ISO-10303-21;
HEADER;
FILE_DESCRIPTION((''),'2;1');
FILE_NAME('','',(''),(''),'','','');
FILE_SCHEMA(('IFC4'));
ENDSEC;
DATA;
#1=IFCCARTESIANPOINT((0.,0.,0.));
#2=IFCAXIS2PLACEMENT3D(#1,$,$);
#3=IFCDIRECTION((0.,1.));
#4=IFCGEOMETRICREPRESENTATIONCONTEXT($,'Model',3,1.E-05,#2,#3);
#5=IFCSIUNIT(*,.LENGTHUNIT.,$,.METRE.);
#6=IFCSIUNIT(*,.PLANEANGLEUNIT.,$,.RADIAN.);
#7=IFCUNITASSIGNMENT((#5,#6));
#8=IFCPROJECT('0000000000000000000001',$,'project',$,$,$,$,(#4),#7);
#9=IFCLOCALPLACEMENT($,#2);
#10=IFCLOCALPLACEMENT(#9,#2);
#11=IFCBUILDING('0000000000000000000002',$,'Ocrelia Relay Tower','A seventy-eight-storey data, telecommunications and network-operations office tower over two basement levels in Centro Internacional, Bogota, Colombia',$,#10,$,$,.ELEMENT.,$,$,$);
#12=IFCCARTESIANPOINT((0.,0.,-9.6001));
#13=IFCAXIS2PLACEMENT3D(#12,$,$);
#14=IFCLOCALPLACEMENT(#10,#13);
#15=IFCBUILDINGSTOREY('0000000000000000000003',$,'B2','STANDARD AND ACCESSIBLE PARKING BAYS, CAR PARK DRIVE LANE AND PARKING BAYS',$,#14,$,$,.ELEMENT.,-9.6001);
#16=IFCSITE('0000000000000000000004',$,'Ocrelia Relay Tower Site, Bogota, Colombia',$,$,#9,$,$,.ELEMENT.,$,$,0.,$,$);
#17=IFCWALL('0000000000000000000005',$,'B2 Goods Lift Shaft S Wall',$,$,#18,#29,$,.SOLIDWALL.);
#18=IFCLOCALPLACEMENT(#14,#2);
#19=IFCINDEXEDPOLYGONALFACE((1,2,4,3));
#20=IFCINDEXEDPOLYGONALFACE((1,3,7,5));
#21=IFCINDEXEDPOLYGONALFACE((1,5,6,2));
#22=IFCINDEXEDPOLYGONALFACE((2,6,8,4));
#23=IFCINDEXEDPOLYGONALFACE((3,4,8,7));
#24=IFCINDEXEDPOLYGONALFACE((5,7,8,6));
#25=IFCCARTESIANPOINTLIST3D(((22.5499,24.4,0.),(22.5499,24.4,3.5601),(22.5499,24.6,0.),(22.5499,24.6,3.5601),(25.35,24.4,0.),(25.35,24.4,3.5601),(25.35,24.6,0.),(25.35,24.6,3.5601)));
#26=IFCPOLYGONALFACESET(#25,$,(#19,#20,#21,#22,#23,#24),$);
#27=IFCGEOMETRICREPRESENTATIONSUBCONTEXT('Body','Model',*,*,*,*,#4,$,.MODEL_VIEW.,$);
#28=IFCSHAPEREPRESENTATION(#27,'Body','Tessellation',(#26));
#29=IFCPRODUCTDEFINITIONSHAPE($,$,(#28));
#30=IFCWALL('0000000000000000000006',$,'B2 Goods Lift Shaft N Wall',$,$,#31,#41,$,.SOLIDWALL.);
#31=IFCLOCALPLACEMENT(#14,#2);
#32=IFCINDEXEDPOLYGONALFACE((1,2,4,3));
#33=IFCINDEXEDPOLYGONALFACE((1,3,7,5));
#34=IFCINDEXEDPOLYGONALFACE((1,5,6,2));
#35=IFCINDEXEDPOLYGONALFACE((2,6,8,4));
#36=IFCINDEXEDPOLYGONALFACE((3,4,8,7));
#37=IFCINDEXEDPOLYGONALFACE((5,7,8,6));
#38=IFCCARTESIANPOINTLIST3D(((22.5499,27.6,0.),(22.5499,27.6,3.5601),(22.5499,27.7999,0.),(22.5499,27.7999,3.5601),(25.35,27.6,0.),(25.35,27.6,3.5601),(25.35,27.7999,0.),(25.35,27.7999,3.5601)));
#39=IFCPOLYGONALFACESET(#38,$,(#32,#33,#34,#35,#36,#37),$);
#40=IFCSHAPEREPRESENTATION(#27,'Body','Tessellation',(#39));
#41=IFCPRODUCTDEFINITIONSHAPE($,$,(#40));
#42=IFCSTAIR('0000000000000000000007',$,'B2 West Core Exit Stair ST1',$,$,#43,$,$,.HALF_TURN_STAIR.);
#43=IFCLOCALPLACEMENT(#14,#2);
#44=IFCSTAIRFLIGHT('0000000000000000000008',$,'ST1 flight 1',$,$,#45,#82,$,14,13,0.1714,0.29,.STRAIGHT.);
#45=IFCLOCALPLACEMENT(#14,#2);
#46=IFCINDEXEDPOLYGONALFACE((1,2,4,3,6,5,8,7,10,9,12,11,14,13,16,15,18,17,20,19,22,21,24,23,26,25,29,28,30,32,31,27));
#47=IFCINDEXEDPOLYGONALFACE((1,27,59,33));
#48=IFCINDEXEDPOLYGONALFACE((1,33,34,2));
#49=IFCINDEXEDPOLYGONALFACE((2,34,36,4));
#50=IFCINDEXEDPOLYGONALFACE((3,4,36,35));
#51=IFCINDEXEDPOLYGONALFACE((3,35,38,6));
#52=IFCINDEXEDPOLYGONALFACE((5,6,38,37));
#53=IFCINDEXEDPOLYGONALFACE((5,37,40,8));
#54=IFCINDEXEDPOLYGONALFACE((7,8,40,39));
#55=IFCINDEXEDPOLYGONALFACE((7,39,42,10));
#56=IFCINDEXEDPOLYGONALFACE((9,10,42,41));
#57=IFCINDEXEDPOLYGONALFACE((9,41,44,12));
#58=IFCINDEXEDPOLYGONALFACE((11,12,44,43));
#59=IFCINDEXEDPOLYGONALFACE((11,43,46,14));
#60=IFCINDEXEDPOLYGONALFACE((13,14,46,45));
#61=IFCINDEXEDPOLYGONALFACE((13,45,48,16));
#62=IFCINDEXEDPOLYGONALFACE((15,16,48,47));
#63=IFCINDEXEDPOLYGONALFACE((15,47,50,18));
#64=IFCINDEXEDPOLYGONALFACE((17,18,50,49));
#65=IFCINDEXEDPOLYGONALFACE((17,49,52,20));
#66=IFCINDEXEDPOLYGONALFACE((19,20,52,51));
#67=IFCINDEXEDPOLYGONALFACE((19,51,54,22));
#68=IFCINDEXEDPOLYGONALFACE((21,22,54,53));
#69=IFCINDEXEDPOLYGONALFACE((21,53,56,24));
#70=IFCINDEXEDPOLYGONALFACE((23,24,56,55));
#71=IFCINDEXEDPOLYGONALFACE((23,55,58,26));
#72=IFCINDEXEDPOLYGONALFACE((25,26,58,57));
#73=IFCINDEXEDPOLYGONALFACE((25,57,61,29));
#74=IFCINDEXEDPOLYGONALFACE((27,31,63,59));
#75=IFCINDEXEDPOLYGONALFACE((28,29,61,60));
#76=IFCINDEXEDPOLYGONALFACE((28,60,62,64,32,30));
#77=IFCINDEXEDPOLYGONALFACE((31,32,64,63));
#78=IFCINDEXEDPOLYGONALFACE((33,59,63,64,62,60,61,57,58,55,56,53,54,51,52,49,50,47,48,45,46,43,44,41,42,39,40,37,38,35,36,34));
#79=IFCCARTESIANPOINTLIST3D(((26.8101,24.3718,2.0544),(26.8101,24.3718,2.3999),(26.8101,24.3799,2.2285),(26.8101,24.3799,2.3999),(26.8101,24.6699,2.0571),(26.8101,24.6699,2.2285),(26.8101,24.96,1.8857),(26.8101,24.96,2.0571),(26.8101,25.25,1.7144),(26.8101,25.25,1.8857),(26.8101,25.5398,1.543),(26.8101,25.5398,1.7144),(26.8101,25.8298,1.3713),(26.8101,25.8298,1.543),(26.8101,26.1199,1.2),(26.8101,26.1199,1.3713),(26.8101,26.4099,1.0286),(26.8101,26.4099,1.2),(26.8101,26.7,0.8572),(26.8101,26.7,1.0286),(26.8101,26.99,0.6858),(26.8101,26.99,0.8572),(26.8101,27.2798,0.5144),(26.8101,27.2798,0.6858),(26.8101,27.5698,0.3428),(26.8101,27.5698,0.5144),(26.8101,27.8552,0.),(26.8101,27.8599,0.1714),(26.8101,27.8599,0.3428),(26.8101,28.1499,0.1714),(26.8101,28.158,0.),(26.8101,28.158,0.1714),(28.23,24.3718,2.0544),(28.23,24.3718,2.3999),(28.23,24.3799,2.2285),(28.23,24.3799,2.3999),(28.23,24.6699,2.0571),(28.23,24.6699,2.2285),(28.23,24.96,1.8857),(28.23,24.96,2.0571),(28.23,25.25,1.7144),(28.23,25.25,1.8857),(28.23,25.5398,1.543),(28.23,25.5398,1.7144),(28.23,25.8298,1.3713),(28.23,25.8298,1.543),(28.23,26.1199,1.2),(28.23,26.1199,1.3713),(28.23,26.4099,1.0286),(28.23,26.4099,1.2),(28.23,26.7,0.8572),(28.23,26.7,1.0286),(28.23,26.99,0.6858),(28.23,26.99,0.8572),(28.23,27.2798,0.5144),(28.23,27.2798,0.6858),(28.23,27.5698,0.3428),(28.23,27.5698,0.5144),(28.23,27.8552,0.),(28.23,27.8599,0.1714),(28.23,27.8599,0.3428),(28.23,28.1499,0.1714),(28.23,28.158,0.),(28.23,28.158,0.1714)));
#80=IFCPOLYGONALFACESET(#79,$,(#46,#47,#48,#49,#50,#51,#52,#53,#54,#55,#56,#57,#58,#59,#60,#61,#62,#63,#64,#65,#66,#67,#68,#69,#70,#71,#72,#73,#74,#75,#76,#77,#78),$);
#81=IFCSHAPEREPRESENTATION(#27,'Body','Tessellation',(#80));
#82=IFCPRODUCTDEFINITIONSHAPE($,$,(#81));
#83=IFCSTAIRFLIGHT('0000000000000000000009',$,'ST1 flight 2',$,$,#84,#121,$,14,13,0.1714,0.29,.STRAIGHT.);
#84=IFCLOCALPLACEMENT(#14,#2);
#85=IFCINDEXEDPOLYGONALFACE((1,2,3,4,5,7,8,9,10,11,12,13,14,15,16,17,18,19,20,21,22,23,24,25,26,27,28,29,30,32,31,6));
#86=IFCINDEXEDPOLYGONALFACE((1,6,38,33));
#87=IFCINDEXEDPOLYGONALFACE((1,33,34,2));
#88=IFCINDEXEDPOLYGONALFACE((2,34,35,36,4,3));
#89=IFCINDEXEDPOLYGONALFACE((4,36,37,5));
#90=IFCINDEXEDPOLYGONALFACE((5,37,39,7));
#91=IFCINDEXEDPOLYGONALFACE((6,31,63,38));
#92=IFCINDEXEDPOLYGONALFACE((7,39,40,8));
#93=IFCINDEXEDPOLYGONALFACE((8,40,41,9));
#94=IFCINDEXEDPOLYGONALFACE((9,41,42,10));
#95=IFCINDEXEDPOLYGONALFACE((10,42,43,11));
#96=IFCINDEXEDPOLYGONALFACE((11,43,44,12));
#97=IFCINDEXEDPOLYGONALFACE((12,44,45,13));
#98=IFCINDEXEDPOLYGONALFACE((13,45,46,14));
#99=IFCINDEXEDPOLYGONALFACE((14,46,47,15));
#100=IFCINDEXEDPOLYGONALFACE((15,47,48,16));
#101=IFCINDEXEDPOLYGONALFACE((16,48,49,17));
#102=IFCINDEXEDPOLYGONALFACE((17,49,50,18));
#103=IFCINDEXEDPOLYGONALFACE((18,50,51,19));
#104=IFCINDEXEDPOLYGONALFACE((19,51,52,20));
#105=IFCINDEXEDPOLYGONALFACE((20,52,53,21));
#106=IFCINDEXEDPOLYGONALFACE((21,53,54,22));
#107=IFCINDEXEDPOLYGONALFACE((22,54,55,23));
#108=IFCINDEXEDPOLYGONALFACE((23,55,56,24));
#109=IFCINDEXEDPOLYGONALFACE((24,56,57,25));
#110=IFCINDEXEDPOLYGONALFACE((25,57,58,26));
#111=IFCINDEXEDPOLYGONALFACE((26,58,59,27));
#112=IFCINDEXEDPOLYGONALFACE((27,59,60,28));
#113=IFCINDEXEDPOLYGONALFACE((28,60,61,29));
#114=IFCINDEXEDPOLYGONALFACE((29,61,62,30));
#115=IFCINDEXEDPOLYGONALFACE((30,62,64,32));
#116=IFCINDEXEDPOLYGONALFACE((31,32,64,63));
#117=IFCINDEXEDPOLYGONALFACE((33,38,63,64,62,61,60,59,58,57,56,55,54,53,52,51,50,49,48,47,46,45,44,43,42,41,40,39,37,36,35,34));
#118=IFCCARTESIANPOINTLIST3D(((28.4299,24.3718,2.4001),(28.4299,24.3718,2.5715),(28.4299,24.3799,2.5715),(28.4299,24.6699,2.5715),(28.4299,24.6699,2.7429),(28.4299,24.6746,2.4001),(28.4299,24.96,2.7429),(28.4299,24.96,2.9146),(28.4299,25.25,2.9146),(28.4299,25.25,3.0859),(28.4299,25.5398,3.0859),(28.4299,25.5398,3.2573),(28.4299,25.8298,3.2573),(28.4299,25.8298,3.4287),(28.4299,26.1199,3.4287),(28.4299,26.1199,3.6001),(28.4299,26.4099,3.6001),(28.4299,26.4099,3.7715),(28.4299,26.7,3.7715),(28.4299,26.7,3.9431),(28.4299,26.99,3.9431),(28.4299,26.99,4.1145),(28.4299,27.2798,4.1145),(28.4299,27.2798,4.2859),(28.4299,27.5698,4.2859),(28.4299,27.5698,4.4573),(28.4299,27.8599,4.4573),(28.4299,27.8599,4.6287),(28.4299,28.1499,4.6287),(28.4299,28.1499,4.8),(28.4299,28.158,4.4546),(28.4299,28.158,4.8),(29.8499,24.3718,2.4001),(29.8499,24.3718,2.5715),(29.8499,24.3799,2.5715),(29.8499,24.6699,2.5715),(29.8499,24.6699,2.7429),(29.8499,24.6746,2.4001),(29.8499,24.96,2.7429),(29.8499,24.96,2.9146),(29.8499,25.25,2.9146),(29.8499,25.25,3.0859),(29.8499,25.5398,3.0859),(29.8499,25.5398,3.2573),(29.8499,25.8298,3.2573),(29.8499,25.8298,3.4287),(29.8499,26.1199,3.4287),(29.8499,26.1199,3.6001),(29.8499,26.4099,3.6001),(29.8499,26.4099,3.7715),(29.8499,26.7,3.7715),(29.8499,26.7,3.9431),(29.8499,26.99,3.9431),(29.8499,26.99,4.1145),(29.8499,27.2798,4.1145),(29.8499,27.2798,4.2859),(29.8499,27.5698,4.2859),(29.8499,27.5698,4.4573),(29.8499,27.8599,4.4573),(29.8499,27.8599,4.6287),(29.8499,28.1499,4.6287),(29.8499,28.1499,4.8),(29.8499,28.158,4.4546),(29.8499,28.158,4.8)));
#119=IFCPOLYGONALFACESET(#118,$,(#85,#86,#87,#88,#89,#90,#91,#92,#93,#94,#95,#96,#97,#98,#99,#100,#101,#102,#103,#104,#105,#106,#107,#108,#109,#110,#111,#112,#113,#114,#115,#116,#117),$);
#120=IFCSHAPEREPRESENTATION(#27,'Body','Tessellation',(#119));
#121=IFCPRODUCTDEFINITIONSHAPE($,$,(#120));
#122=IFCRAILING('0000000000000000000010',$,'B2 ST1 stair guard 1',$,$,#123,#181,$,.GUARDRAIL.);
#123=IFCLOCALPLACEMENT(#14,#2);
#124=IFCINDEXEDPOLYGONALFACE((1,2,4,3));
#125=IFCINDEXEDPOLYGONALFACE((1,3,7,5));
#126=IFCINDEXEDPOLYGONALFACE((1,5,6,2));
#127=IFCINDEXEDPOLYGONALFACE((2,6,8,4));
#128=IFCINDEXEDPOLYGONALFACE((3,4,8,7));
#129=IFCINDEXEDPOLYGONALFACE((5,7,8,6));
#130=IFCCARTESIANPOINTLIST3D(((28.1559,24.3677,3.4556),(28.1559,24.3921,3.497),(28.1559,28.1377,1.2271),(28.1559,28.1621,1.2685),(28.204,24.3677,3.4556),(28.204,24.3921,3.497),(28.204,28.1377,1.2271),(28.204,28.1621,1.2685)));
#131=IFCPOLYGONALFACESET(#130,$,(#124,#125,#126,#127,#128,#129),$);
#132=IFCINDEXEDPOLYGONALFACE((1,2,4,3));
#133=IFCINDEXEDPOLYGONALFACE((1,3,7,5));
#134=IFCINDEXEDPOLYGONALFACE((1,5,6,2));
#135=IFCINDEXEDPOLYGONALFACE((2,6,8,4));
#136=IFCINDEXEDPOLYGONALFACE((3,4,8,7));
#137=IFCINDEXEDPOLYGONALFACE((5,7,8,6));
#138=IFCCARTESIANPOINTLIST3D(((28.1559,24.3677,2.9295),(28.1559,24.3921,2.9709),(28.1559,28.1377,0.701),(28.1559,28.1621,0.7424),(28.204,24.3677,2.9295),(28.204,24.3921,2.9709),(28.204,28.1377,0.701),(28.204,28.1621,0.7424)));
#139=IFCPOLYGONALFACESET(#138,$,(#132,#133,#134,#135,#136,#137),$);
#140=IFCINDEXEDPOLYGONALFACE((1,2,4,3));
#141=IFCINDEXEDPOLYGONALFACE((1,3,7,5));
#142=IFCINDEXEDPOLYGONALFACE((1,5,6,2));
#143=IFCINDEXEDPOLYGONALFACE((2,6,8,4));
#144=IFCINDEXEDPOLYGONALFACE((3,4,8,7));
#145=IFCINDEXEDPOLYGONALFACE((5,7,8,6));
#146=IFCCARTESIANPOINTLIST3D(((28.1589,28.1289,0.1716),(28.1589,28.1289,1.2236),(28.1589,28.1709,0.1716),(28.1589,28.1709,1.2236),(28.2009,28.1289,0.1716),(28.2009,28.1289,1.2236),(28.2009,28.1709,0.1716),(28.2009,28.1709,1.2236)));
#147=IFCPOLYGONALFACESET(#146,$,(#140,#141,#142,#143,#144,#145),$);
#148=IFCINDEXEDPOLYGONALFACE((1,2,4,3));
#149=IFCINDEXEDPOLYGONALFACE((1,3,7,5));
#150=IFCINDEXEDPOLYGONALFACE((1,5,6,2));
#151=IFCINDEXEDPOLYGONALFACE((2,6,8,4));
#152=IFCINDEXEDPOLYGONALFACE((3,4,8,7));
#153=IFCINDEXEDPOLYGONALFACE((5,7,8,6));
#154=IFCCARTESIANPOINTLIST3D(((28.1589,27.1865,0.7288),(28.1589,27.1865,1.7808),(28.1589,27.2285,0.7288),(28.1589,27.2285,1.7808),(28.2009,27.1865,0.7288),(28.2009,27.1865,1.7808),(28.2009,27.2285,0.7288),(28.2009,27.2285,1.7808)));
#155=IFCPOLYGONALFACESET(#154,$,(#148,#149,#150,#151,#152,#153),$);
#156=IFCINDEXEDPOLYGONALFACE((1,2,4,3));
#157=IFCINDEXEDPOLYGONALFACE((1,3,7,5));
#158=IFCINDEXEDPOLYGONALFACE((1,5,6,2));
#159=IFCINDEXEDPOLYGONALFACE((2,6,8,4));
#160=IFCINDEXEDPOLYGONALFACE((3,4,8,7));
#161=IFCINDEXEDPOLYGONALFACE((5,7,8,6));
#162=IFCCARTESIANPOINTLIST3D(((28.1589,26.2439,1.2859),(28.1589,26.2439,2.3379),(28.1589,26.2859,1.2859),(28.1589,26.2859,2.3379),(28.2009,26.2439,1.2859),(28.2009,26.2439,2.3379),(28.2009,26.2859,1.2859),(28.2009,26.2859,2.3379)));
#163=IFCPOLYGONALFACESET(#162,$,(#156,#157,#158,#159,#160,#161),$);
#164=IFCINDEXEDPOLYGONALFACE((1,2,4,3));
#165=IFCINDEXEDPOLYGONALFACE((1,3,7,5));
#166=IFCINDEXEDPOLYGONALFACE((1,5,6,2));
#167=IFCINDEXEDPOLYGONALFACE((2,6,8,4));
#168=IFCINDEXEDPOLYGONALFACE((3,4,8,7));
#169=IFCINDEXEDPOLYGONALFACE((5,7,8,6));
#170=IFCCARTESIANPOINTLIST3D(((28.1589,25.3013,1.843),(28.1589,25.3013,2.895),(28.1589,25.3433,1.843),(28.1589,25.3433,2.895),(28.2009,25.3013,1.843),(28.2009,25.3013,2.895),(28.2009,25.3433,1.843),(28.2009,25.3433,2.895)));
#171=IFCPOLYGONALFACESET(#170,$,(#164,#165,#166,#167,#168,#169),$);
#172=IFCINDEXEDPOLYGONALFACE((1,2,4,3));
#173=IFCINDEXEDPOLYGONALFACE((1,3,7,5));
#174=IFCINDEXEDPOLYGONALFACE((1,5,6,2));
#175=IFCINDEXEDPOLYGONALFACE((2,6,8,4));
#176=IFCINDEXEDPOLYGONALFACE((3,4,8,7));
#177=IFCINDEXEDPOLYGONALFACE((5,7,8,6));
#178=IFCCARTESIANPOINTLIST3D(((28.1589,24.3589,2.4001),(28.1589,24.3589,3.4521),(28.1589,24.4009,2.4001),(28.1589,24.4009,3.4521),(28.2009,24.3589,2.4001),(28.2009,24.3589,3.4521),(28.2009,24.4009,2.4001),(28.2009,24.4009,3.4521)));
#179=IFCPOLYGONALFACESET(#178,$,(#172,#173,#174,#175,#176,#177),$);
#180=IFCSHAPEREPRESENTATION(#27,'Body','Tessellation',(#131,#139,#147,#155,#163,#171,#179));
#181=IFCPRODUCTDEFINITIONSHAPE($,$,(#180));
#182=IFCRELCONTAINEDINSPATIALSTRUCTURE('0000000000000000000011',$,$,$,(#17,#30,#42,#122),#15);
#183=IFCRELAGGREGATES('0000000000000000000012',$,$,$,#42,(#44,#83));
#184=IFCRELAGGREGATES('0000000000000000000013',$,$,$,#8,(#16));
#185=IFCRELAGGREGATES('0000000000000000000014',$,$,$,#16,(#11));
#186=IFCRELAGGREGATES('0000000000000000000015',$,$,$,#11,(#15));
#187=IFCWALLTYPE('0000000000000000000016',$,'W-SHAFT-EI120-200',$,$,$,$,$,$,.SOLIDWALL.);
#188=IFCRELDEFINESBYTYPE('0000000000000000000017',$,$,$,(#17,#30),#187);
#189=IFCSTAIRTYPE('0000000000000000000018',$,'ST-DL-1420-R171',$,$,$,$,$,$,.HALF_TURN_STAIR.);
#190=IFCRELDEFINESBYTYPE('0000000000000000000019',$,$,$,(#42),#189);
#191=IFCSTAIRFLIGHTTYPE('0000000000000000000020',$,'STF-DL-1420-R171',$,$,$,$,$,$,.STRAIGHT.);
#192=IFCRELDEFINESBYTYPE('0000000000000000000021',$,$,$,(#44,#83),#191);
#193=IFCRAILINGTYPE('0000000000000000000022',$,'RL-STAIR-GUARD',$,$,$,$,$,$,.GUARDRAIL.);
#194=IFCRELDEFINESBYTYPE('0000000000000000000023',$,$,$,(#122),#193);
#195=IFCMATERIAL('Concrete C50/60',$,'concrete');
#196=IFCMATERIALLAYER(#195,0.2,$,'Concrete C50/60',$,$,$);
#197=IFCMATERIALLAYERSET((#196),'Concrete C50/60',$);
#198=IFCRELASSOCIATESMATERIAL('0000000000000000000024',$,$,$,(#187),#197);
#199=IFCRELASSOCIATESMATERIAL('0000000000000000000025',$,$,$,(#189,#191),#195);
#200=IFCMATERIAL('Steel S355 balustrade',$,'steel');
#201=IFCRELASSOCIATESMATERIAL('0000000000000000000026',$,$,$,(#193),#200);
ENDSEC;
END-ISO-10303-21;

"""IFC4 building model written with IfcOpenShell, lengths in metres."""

from ifc_helpers import new_model, si_unit, direction, frame, frame_2d, origin, origin_2d, place, context, subcontext, project, spatial, polyline, rectangle, outline, extrude, material, layer, layer_set, type_object, element, aggregate, save


model = new_model("IFC4")

# Units and contexts
model_context = context("Model", 3, precision=1e-05, world=origin(), true_north=direction((0.0, 1.0)))
body_context = subcontext(model_context, "Body", "Model", "MODEL_VIEW")
ifc_project = project(units=[si_unit("LENGTHUNIT", "METRE"), si_unit("PLANEANGLEUNIT", "RADIAN")], contexts=[model_context])

# Site, building, storey
site_placement = place(None, origin())
site = spatial("IfcSite", under=ifc_project, at=site_placement, Name="Ocrelia Relay Tower Site, Bogota, Colombia", CompositionType="ELEMENT", RefElevation=0.0)
building_placement = place(site_placement, origin())
building = spatial("IfcBuilding", under=site, at=building_placement, Name="Ocrelia Relay Tower", Description="A seventy-eight-storey data, telecommunications and network-operations office tower over two basement levels in Centro Internacional, Bogota, Colombia", CompositionType="ELEMENT")
storey_placement = place(building_placement, frame((0.0, 0.0, -9.6001)))
storey = spatial("IfcBuildingStorey", under=building, at=storey_placement, Name="B2", Description="STANDARD AND ACCESSIBLE PARKING BAYS, CAR PARK DRIVE LANE AND PARKING BAYS", CompositionType="ELEMENT", Elevation=-9.6001)

# Shared definitions
ifc_material_1 = material(Name="Concrete C50/60", Category="concrete")

# Shared definitions
ifc_layer = layer(ifc_material_1, 0.2, Name="Concrete C50/60")
ifc_layer_set = layer_set([ifc_layer], Name="Concrete C50/60")
wall_type = type_object("IfcWallType", Name="W-SHAFT-EI120-200", PredefinedType="SOLIDWALL", material=ifc_layer_set)

# Walls
for number, where, z_axis, x_axis, name in (
    (1, (22.55, 24.5, 0.0), (0.0, 0.0, 1.0), (1.0, 0.0, 0.0), "B2 Goods Lift Shaft S Wall"),
    (2, (22.55, 27.7, 0.0), (0.0, 0.0, 1.0), (1.0, 0.0, 0.0), "B2 Goods Lift Shaft N Wall"),
):
    element("IfcWall", number, at=place(storey_placement, frame(where, z_axis=z_axis, x_axis=x_axis)), inside=storey, type_object=wall_type, Name=name, PredefinedType="SOLIDWALL", context=body_context, shape_type="SweptSolid", body=[
        extrude(rectangle(XDim=2.8, YDim=0.2, at=frame_2d((1.3999, 0.0))), origin(), (0.0, 0.0, 1.0), 3.5601),
    ])

# Stair, stair flights
stair_type = type_object("IfcStairType", Name="ST-DL-1420-R171", PredefinedType="HALF_TURN_STAIR", material=ifc_material_1)
stair_placement = place(storey_placement, origin())
stair = element("IfcStair", 3, at=stair_placement, inside=storey, type_object=stair_type, Name="B2 West Core Exit Stair ST1", PredefinedType="HALF_TURN_STAIR")
stair_flight_type = type_object("IfcStairFlightType", Name="STF-DL-1420-R171", PredefinedType="STRAIGHT", material=ifc_material_1)
stair_flight_1_placement = place(storey_placement, frame((27.52, 28.1499, 0.0), z_axis=(0.0, 0.0, 1.0), x_axis=(0.0, -1.0, 0.0)))
stair_flight_1 = element("IfcStairFlight", 4, at=stair_flight_1_placement, type_object=stair_flight_type, Name="ST1 flight 1", NumberOfRisers=14, NumberOfTreads=13, PredefinedType="STRAIGHT", RiserHeight=0.1714, TreadLength=0.29, context=body_context, shape_type="SweptSolid", body=[
    extrude(outline(polyline([(-0.0081, 0.0), (-0.0081, 0.1714), (0.0, 0.1714), (0.29, 0.1714), (0.29, 0.3428), (0.5801, 0.3428), (0.5801, 0.5144), (0.8701, 0.5144), (0.8701, 0.6858), (1.1599, 0.6858), (1.1599, 0.8572), (1.45, 0.8572), (1.45, 1.0286), (1.74, 1.0286), (1.74, 1.2), (2.03, 1.2), (2.03, 1.3713), (2.3201, 1.3713), (2.3201, 1.543), (2.6101, 1.543), (2.6101, 1.7144), (2.8999, 1.7144), (2.8999, 1.8857), (3.1899, 1.8857), (3.1899, 2.0571), (3.48, 2.0571), (3.48, 2.2285), (3.77, 2.2285), (3.77, 2.3999), (3.7781, 2.3999), (3.7781, 2.0544), (0.2947, 0.0), (-0.0081, 0.0)])), frame((0.0, 0.71, 0.0), z_axis=(0.0, -1.0, 0.0), x_axis=(1.0, 0.0, 0.0)), (0.0, 0.0, 1.0), 1.4199),
])
stair_flight_2_placement = place(storey_placement, frame((29.1399, 24.3799, 2.4001), z_axis=(0.0, 0.0, 1.0), x_axis=(0.0, 1.0, 0.0)))
stair_flight_2 = element("IfcStairFlight", 5, at=stair_flight_2_placement, type_object=stair_flight_type, Name="ST1 flight 2", NumberOfRisers=14, NumberOfTreads=13, PredefinedType="STRAIGHT", RiserHeight=0.1714, TreadLength=0.29, context=body_context, shape_type="SweptSolid", body=[
    extrude(outline(polyline([(-0.0081, 0.0), (-0.0081, 0.1714), (0.0, 0.1714), (0.29, 0.1714), (0.29, 0.3428), (0.5801, 0.3428), (0.5801, 0.5144), (0.8701, 0.5144), (0.8701, 0.6858), (1.1599, 0.6858), (1.1599, 0.8572), (1.45, 0.8572), (1.45, 1.0286), (1.74, 1.0286), (1.74, 1.2), (2.03, 1.2), (2.03, 1.3713), (2.3201, 1.3713), (2.3201, 1.543), (2.6101, 1.543), (2.6101, 1.7144), (2.8999, 1.7144), (2.8999, 1.8857), (3.1899, 1.8857), (3.1899, 2.0571), (3.48, 2.0571), (3.48, 2.2285), (3.77, 2.2285), (3.77, 2.3999), (3.7781, 2.3999), (3.7781, 2.0544), (0.2947, 0.0), (-0.0081, 0.0)])), frame((0.0, 0.71, 0.0), z_axis=(0.0, -1.0, 0.0), x_axis=(1.0, 0.0, 0.0)), (0.0, 0.0, 1.0), 1.4199),
])
aggregate(stair, [stair_flight_1, stair_flight_2])

# Railing
ifc_material_2 = material(Name="Steel S355 balustrade", Category="steel")
railing_type_1 = type_object("IfcRailingType", Name="RL-STAIR-GUARD", PredefinedType="GUARDRAIL", material=ifc_material_2)
railing_1_placement = place(storey_placement, frame((28.1799, 28.1499, 0.1716)))
element("IfcRailing", 6, at=railing_1_placement, inside=storey, type_object=railing_type_1, Name="B2 ST1 stair guard 1", PredefinedType="GUARDRAIL", context=body_context, shape_type="SweptSolid", body=[
    extrude(rectangle(XDim=0.0481, YDim=0.0481, at=origin_2d()), frame((0.0, 0.0, 1.0762), z_axis=(0.0, -0.860849, 0.508861), x_axis=(1.0, 0.0, 0.0)), (0.0, 0.0, 1.0), 4.3794),
    extrude(rectangle(XDim=0.0481, YDim=0.0481, at=origin_2d()), frame((0.0, 0.0, 0.55), z_axis=(0.0, -0.860849, 0.508861), x_axis=(1.0, 0.0, 0.0)), (0.0, 0.0, 1.0), 4.3794),
    extrude(rectangle(XDim=0.042, YDim=0.042, at=origin_2d()), origin(), (0.0, 0.0, 1.0), 1.052),
    extrude(rectangle(XDim=0.042, YDim=0.042, at=origin_2d()), frame((0.0, -0.9424, 0.5571)), (0.0, 0.0, 1.0), 1.052),
    extrude(rectangle(XDim=0.042, YDim=0.042, at=origin_2d()), frame((0.0, -1.885, 1.1143)), (0.0, 0.0, 1.0), 1.052),
    extrude(rectangle(XDim=0.042, YDim=0.042, at=origin_2d()), frame((0.0, -2.8276, 1.6714)), (0.0, 0.0, 1.0), 1.052),
    extrude(rectangle(XDim=0.042, YDim=0.042, at=origin_2d()), frame((0.0, -3.77, 2.2285)), (0.0, 0.0, 1.0), 1.052),
])

save(model, "model.ifc")
